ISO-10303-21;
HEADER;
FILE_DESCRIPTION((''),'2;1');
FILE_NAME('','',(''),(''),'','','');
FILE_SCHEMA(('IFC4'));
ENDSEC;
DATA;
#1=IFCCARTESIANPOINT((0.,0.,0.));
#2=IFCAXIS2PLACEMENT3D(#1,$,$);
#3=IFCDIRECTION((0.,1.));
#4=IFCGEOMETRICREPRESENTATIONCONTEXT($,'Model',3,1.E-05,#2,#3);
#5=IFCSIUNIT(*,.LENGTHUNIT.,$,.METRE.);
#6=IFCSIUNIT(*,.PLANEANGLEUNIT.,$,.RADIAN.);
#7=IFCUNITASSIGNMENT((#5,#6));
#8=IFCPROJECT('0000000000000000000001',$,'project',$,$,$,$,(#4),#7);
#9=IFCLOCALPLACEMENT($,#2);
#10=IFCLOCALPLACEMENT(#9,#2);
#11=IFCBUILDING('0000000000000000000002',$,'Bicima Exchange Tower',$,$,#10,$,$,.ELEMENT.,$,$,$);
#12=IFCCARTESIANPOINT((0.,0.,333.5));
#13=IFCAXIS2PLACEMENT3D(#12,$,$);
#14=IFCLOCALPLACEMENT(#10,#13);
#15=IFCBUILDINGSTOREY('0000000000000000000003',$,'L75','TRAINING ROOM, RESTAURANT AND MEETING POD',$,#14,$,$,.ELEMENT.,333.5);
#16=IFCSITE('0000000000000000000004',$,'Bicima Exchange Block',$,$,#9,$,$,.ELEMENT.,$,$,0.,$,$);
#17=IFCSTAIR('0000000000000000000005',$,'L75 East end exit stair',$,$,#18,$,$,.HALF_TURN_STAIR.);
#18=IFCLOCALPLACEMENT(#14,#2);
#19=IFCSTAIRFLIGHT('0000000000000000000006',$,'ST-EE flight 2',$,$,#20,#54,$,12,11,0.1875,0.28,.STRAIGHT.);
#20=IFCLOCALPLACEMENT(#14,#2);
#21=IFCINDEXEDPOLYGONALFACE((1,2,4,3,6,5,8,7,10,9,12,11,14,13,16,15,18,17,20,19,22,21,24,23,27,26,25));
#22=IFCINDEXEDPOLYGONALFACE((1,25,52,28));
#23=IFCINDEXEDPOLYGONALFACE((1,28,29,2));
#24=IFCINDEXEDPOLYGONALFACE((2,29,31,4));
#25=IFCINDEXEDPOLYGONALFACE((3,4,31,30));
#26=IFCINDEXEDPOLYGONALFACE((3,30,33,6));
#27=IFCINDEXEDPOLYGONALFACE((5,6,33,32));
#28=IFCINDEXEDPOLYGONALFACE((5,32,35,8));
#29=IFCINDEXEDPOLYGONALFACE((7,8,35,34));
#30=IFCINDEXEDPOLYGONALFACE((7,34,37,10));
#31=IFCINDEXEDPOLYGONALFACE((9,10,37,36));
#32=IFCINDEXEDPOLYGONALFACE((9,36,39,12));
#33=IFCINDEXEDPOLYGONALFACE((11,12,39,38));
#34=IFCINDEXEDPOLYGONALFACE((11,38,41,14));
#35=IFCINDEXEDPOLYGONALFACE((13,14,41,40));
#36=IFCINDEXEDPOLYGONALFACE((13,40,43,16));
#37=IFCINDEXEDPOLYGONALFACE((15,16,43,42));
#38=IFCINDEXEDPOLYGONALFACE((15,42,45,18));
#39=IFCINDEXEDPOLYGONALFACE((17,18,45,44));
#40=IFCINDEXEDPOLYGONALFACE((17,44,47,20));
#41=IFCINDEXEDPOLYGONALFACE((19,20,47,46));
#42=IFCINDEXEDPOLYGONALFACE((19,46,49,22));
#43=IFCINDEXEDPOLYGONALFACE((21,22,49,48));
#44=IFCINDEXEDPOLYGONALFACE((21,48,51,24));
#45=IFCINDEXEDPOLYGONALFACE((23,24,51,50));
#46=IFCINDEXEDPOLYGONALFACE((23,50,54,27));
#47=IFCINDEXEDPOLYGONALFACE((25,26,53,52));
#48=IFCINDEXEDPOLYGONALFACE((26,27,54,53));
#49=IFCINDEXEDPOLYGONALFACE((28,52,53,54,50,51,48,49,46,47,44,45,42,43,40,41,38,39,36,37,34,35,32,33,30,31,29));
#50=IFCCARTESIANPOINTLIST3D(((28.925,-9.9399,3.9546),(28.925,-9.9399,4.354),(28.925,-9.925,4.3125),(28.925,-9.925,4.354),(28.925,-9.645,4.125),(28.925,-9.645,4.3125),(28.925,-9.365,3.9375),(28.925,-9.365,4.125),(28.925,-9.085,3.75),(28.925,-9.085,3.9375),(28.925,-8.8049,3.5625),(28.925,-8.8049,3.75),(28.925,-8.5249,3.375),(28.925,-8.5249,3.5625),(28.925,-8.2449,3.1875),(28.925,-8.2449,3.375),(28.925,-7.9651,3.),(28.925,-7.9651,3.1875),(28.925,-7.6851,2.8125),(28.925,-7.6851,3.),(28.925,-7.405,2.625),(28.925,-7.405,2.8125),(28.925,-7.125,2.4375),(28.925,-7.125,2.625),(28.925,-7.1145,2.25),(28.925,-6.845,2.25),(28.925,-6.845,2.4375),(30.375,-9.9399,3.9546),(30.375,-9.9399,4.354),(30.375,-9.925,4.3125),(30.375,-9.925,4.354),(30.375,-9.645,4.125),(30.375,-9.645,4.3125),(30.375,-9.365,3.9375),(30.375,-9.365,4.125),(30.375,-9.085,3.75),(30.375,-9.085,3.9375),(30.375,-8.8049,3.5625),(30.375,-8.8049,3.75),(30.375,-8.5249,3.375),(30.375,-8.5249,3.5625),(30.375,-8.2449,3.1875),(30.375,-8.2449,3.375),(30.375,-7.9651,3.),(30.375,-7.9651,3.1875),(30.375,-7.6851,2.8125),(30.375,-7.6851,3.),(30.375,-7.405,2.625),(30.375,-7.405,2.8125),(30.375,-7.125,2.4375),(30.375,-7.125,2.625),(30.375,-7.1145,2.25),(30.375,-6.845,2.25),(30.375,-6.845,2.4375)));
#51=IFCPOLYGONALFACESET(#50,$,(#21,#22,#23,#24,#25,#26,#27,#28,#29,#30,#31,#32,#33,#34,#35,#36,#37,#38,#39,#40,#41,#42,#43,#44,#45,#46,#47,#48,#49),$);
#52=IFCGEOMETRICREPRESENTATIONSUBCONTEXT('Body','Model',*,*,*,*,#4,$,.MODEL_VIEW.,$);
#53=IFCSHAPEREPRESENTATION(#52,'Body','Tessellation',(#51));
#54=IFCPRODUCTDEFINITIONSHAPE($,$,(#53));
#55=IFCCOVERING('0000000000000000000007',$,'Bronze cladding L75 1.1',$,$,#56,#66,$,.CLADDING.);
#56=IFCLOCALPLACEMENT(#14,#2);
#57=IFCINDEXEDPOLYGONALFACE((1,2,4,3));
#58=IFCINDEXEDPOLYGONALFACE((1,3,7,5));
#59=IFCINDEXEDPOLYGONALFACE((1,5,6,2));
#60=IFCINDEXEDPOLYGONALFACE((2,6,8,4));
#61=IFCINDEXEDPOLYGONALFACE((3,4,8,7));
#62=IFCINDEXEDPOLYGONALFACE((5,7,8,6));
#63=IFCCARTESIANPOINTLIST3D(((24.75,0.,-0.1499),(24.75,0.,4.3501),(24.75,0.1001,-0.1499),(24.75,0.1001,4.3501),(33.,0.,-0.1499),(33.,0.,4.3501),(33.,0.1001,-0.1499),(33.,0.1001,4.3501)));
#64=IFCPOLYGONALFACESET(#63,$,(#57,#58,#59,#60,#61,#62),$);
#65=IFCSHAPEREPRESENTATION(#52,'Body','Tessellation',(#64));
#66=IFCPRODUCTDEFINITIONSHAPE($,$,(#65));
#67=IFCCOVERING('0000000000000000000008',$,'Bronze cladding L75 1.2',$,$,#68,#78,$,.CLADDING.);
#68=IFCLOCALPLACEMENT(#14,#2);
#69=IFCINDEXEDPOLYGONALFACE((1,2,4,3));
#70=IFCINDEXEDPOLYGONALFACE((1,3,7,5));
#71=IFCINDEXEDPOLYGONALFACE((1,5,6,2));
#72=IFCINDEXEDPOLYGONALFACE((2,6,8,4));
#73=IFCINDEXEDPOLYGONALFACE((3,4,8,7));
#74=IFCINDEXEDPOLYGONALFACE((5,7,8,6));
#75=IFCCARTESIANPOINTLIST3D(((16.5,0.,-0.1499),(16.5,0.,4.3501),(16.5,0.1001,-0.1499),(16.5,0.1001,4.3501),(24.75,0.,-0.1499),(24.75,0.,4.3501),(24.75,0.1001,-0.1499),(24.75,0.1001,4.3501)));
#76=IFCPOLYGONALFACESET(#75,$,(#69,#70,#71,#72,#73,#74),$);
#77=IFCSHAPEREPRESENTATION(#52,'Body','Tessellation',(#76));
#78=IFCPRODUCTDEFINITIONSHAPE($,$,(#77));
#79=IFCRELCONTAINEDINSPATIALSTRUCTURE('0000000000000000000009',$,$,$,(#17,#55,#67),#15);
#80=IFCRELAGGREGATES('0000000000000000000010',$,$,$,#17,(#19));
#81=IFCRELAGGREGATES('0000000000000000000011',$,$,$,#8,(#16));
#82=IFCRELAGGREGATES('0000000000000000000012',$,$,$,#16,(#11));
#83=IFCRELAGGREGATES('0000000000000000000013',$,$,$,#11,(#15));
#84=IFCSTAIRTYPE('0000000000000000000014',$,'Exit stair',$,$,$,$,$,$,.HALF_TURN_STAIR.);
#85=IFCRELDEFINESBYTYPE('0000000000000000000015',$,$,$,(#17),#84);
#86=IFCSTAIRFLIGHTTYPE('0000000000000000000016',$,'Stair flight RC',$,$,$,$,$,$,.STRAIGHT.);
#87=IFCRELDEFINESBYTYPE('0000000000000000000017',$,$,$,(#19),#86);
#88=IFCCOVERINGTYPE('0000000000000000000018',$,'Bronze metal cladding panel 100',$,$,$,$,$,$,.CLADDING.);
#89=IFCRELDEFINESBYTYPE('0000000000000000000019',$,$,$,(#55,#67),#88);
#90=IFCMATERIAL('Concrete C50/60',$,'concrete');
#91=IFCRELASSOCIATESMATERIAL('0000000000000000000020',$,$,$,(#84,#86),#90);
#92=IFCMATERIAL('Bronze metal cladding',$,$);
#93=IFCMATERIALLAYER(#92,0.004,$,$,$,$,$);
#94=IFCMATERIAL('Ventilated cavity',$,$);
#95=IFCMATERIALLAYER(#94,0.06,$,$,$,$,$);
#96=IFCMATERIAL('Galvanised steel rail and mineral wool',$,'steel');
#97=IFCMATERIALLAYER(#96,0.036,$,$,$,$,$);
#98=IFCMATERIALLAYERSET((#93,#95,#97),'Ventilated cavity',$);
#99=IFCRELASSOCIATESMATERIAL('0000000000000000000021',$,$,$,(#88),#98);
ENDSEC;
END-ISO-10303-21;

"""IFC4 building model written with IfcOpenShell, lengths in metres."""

from ifc_helpers import new_model, si_unit, direction, frame, origin, origin_2d, place, context, subcontext, project, spatial, polyline, rectangle, outline, extrude, material, layer, layer_set, type_object, element, aggregate, save


model = new_model("IFC4")

# Units and contexts
model_context = context("Model", 3, precision=1e-05, world=origin(), true_north=direction((0.0, 1.0)))
body_context = subcontext(model_context, "Body", "Model", "MODEL_VIEW")
ifc_project = project(units=[si_unit("LENGTHUNIT", "METRE"), si_unit("PLANEANGLEUNIT", "RADIAN")], contexts=[model_context])

# Site, building, storey
site_placement = place(None, origin())
site = spatial("IfcSite", under=ifc_project, at=site_placement, Name="Bicima Exchange Block", CompositionType="ELEMENT", RefElevation=0.0)
building_placement = place(site_placement, origin())
building = spatial("IfcBuilding", under=site, at=building_placement, Name="Bicima Exchange Tower", CompositionType="ELEMENT")
storey_placement = place(building_placement, frame((0.0, 0.0, 333.5)))
storey = spatial("IfcBuildingStorey", under=building, at=storey_placement, Name="L75", Description="TRAINING ROOM, RESTAURANT AND MEETING POD", CompositionType="ELEMENT", Elevation=333.5)

# Shared definitions
ifc_material_1 = material(Name="Concrete C50/60", Category="concrete")

# Shared definitions
stair_type = type_object("IfcStairType", Name="Exit stair", PredefinedType="HALF_TURN_STAIR", material=ifc_material_1)
stair_flight_type = type_object("IfcStairFlightType", Name="Stair flight RC", PredefinedType="STRAIGHT", material=ifc_material_1)

# Stair, stair flight
stair_1_placement = place(storey_placement, origin())
stair_1 = element("IfcStair", 1, at=stair_1_placement, inside=storey, type_object=stair_type, Name="L75 East end exit stair", PredefinedType="HALF_TURN_STAIR")
stair_flight_1_placement = place(storey_placement, frame((29.6499, -6.845, 2.25), z_axis=(0.0, 0.0, 1.0), x_axis=(0.0, -1.0, 0.0)))
stair_flight_1 = element("IfcStairFlight", 2, at=stair_flight_1_placement, type_object=stair_flight_type, Name="ST-EE flight 2", NumberOfRisers=12, NumberOfTreads=11, PredefinedType="STRAIGHT", RiserHeight=0.1875, TreadLength=0.28, context=body_context, shape_type="SweptSolid", body=[
    extrude(outline(polyline([(0.0, 0.0), (0.0, 0.1875), (0.28, 0.1875), (0.28, 0.375), (0.5601, 0.375), (0.5601, 0.5625), (0.8401, 0.5625), (0.8401, 0.75), (1.1201, 0.75), (1.1201, 0.9375), (1.3999, 0.9375), (1.3999, 1.125), (1.6799, 1.125), (1.6799, 1.3125), (1.96, 1.3125), (1.96, 1.5), (2.24, 1.5), (2.24, 1.6875), (2.52, 1.6875), (2.52, 1.875), (2.8, 1.875), (2.8, 2.0625), (3.0801, 2.0625), (3.0801, 2.104), (3.095, 2.104), (3.095, 1.7046), (0.2695, 0.0), (0.0, 0.0)])), frame((0.0, 0.7251, 0.0), z_axis=(0.0, -1.0, 0.0), x_axis=(1.0, 0.0, 0.0)), (0.0, 0.0, 1.0), 1.45),
])
aggregate(stair_1, [stair_flight_1])

# Coverings
ifc_material_2 = material(Name="Bronze metal cladding")
ifc_layer_1 = layer(ifc_material_2, 0.004)
ifc_material_3 = material(Name="Ventilated cavity")
ifc_layer_2 = layer(ifc_material_3, 0.06)
ifc_material_4 = material(Name="Galvanised steel rail and mineral wool", Category="steel")
ifc_layer_3 = layer(ifc_material_4, 0.036)
ifc_layer_set_1 = layer_set([ifc_layer_1, ifc_layer_2, ifc_layer_3], Name="Ventilated cavity")
covering_type = type_object("IfcCoveringType", Name="Bronze metal cladding panel 100", PredefinedType="CLADDING", material=ifc_layer_set_1)
for number, where, z_axis, x_axis, name in (
    (3, (28.875, 0.05, -0.1499), (0.0, 0.0, 1.0), (-1.0, 0.0, 0.0), "Bronze cladding L75 1.1"),
    (4, (20.625, 0.05, -0.1499), (0.0, 0.0, 1.0), (-1.0, 0.0, 0.0), "Bronze cladding L75 1.2"),
):
    element("IfcCovering", number, at=place(storey_placement, frame(where, z_axis=z_axis, x_axis=x_axis)), inside=storey, type_object=covering_type, Name=name, PredefinedType="CLADDING", context=body_context, shape_type="SweptSolid", body=[
        extrude(rectangle(XDim=8.25, YDim=0.1001, at=origin_2d()), origin(), (0.0, 0.0, 1.0), 4.5),
    ])

save(model, "model.ifc")
